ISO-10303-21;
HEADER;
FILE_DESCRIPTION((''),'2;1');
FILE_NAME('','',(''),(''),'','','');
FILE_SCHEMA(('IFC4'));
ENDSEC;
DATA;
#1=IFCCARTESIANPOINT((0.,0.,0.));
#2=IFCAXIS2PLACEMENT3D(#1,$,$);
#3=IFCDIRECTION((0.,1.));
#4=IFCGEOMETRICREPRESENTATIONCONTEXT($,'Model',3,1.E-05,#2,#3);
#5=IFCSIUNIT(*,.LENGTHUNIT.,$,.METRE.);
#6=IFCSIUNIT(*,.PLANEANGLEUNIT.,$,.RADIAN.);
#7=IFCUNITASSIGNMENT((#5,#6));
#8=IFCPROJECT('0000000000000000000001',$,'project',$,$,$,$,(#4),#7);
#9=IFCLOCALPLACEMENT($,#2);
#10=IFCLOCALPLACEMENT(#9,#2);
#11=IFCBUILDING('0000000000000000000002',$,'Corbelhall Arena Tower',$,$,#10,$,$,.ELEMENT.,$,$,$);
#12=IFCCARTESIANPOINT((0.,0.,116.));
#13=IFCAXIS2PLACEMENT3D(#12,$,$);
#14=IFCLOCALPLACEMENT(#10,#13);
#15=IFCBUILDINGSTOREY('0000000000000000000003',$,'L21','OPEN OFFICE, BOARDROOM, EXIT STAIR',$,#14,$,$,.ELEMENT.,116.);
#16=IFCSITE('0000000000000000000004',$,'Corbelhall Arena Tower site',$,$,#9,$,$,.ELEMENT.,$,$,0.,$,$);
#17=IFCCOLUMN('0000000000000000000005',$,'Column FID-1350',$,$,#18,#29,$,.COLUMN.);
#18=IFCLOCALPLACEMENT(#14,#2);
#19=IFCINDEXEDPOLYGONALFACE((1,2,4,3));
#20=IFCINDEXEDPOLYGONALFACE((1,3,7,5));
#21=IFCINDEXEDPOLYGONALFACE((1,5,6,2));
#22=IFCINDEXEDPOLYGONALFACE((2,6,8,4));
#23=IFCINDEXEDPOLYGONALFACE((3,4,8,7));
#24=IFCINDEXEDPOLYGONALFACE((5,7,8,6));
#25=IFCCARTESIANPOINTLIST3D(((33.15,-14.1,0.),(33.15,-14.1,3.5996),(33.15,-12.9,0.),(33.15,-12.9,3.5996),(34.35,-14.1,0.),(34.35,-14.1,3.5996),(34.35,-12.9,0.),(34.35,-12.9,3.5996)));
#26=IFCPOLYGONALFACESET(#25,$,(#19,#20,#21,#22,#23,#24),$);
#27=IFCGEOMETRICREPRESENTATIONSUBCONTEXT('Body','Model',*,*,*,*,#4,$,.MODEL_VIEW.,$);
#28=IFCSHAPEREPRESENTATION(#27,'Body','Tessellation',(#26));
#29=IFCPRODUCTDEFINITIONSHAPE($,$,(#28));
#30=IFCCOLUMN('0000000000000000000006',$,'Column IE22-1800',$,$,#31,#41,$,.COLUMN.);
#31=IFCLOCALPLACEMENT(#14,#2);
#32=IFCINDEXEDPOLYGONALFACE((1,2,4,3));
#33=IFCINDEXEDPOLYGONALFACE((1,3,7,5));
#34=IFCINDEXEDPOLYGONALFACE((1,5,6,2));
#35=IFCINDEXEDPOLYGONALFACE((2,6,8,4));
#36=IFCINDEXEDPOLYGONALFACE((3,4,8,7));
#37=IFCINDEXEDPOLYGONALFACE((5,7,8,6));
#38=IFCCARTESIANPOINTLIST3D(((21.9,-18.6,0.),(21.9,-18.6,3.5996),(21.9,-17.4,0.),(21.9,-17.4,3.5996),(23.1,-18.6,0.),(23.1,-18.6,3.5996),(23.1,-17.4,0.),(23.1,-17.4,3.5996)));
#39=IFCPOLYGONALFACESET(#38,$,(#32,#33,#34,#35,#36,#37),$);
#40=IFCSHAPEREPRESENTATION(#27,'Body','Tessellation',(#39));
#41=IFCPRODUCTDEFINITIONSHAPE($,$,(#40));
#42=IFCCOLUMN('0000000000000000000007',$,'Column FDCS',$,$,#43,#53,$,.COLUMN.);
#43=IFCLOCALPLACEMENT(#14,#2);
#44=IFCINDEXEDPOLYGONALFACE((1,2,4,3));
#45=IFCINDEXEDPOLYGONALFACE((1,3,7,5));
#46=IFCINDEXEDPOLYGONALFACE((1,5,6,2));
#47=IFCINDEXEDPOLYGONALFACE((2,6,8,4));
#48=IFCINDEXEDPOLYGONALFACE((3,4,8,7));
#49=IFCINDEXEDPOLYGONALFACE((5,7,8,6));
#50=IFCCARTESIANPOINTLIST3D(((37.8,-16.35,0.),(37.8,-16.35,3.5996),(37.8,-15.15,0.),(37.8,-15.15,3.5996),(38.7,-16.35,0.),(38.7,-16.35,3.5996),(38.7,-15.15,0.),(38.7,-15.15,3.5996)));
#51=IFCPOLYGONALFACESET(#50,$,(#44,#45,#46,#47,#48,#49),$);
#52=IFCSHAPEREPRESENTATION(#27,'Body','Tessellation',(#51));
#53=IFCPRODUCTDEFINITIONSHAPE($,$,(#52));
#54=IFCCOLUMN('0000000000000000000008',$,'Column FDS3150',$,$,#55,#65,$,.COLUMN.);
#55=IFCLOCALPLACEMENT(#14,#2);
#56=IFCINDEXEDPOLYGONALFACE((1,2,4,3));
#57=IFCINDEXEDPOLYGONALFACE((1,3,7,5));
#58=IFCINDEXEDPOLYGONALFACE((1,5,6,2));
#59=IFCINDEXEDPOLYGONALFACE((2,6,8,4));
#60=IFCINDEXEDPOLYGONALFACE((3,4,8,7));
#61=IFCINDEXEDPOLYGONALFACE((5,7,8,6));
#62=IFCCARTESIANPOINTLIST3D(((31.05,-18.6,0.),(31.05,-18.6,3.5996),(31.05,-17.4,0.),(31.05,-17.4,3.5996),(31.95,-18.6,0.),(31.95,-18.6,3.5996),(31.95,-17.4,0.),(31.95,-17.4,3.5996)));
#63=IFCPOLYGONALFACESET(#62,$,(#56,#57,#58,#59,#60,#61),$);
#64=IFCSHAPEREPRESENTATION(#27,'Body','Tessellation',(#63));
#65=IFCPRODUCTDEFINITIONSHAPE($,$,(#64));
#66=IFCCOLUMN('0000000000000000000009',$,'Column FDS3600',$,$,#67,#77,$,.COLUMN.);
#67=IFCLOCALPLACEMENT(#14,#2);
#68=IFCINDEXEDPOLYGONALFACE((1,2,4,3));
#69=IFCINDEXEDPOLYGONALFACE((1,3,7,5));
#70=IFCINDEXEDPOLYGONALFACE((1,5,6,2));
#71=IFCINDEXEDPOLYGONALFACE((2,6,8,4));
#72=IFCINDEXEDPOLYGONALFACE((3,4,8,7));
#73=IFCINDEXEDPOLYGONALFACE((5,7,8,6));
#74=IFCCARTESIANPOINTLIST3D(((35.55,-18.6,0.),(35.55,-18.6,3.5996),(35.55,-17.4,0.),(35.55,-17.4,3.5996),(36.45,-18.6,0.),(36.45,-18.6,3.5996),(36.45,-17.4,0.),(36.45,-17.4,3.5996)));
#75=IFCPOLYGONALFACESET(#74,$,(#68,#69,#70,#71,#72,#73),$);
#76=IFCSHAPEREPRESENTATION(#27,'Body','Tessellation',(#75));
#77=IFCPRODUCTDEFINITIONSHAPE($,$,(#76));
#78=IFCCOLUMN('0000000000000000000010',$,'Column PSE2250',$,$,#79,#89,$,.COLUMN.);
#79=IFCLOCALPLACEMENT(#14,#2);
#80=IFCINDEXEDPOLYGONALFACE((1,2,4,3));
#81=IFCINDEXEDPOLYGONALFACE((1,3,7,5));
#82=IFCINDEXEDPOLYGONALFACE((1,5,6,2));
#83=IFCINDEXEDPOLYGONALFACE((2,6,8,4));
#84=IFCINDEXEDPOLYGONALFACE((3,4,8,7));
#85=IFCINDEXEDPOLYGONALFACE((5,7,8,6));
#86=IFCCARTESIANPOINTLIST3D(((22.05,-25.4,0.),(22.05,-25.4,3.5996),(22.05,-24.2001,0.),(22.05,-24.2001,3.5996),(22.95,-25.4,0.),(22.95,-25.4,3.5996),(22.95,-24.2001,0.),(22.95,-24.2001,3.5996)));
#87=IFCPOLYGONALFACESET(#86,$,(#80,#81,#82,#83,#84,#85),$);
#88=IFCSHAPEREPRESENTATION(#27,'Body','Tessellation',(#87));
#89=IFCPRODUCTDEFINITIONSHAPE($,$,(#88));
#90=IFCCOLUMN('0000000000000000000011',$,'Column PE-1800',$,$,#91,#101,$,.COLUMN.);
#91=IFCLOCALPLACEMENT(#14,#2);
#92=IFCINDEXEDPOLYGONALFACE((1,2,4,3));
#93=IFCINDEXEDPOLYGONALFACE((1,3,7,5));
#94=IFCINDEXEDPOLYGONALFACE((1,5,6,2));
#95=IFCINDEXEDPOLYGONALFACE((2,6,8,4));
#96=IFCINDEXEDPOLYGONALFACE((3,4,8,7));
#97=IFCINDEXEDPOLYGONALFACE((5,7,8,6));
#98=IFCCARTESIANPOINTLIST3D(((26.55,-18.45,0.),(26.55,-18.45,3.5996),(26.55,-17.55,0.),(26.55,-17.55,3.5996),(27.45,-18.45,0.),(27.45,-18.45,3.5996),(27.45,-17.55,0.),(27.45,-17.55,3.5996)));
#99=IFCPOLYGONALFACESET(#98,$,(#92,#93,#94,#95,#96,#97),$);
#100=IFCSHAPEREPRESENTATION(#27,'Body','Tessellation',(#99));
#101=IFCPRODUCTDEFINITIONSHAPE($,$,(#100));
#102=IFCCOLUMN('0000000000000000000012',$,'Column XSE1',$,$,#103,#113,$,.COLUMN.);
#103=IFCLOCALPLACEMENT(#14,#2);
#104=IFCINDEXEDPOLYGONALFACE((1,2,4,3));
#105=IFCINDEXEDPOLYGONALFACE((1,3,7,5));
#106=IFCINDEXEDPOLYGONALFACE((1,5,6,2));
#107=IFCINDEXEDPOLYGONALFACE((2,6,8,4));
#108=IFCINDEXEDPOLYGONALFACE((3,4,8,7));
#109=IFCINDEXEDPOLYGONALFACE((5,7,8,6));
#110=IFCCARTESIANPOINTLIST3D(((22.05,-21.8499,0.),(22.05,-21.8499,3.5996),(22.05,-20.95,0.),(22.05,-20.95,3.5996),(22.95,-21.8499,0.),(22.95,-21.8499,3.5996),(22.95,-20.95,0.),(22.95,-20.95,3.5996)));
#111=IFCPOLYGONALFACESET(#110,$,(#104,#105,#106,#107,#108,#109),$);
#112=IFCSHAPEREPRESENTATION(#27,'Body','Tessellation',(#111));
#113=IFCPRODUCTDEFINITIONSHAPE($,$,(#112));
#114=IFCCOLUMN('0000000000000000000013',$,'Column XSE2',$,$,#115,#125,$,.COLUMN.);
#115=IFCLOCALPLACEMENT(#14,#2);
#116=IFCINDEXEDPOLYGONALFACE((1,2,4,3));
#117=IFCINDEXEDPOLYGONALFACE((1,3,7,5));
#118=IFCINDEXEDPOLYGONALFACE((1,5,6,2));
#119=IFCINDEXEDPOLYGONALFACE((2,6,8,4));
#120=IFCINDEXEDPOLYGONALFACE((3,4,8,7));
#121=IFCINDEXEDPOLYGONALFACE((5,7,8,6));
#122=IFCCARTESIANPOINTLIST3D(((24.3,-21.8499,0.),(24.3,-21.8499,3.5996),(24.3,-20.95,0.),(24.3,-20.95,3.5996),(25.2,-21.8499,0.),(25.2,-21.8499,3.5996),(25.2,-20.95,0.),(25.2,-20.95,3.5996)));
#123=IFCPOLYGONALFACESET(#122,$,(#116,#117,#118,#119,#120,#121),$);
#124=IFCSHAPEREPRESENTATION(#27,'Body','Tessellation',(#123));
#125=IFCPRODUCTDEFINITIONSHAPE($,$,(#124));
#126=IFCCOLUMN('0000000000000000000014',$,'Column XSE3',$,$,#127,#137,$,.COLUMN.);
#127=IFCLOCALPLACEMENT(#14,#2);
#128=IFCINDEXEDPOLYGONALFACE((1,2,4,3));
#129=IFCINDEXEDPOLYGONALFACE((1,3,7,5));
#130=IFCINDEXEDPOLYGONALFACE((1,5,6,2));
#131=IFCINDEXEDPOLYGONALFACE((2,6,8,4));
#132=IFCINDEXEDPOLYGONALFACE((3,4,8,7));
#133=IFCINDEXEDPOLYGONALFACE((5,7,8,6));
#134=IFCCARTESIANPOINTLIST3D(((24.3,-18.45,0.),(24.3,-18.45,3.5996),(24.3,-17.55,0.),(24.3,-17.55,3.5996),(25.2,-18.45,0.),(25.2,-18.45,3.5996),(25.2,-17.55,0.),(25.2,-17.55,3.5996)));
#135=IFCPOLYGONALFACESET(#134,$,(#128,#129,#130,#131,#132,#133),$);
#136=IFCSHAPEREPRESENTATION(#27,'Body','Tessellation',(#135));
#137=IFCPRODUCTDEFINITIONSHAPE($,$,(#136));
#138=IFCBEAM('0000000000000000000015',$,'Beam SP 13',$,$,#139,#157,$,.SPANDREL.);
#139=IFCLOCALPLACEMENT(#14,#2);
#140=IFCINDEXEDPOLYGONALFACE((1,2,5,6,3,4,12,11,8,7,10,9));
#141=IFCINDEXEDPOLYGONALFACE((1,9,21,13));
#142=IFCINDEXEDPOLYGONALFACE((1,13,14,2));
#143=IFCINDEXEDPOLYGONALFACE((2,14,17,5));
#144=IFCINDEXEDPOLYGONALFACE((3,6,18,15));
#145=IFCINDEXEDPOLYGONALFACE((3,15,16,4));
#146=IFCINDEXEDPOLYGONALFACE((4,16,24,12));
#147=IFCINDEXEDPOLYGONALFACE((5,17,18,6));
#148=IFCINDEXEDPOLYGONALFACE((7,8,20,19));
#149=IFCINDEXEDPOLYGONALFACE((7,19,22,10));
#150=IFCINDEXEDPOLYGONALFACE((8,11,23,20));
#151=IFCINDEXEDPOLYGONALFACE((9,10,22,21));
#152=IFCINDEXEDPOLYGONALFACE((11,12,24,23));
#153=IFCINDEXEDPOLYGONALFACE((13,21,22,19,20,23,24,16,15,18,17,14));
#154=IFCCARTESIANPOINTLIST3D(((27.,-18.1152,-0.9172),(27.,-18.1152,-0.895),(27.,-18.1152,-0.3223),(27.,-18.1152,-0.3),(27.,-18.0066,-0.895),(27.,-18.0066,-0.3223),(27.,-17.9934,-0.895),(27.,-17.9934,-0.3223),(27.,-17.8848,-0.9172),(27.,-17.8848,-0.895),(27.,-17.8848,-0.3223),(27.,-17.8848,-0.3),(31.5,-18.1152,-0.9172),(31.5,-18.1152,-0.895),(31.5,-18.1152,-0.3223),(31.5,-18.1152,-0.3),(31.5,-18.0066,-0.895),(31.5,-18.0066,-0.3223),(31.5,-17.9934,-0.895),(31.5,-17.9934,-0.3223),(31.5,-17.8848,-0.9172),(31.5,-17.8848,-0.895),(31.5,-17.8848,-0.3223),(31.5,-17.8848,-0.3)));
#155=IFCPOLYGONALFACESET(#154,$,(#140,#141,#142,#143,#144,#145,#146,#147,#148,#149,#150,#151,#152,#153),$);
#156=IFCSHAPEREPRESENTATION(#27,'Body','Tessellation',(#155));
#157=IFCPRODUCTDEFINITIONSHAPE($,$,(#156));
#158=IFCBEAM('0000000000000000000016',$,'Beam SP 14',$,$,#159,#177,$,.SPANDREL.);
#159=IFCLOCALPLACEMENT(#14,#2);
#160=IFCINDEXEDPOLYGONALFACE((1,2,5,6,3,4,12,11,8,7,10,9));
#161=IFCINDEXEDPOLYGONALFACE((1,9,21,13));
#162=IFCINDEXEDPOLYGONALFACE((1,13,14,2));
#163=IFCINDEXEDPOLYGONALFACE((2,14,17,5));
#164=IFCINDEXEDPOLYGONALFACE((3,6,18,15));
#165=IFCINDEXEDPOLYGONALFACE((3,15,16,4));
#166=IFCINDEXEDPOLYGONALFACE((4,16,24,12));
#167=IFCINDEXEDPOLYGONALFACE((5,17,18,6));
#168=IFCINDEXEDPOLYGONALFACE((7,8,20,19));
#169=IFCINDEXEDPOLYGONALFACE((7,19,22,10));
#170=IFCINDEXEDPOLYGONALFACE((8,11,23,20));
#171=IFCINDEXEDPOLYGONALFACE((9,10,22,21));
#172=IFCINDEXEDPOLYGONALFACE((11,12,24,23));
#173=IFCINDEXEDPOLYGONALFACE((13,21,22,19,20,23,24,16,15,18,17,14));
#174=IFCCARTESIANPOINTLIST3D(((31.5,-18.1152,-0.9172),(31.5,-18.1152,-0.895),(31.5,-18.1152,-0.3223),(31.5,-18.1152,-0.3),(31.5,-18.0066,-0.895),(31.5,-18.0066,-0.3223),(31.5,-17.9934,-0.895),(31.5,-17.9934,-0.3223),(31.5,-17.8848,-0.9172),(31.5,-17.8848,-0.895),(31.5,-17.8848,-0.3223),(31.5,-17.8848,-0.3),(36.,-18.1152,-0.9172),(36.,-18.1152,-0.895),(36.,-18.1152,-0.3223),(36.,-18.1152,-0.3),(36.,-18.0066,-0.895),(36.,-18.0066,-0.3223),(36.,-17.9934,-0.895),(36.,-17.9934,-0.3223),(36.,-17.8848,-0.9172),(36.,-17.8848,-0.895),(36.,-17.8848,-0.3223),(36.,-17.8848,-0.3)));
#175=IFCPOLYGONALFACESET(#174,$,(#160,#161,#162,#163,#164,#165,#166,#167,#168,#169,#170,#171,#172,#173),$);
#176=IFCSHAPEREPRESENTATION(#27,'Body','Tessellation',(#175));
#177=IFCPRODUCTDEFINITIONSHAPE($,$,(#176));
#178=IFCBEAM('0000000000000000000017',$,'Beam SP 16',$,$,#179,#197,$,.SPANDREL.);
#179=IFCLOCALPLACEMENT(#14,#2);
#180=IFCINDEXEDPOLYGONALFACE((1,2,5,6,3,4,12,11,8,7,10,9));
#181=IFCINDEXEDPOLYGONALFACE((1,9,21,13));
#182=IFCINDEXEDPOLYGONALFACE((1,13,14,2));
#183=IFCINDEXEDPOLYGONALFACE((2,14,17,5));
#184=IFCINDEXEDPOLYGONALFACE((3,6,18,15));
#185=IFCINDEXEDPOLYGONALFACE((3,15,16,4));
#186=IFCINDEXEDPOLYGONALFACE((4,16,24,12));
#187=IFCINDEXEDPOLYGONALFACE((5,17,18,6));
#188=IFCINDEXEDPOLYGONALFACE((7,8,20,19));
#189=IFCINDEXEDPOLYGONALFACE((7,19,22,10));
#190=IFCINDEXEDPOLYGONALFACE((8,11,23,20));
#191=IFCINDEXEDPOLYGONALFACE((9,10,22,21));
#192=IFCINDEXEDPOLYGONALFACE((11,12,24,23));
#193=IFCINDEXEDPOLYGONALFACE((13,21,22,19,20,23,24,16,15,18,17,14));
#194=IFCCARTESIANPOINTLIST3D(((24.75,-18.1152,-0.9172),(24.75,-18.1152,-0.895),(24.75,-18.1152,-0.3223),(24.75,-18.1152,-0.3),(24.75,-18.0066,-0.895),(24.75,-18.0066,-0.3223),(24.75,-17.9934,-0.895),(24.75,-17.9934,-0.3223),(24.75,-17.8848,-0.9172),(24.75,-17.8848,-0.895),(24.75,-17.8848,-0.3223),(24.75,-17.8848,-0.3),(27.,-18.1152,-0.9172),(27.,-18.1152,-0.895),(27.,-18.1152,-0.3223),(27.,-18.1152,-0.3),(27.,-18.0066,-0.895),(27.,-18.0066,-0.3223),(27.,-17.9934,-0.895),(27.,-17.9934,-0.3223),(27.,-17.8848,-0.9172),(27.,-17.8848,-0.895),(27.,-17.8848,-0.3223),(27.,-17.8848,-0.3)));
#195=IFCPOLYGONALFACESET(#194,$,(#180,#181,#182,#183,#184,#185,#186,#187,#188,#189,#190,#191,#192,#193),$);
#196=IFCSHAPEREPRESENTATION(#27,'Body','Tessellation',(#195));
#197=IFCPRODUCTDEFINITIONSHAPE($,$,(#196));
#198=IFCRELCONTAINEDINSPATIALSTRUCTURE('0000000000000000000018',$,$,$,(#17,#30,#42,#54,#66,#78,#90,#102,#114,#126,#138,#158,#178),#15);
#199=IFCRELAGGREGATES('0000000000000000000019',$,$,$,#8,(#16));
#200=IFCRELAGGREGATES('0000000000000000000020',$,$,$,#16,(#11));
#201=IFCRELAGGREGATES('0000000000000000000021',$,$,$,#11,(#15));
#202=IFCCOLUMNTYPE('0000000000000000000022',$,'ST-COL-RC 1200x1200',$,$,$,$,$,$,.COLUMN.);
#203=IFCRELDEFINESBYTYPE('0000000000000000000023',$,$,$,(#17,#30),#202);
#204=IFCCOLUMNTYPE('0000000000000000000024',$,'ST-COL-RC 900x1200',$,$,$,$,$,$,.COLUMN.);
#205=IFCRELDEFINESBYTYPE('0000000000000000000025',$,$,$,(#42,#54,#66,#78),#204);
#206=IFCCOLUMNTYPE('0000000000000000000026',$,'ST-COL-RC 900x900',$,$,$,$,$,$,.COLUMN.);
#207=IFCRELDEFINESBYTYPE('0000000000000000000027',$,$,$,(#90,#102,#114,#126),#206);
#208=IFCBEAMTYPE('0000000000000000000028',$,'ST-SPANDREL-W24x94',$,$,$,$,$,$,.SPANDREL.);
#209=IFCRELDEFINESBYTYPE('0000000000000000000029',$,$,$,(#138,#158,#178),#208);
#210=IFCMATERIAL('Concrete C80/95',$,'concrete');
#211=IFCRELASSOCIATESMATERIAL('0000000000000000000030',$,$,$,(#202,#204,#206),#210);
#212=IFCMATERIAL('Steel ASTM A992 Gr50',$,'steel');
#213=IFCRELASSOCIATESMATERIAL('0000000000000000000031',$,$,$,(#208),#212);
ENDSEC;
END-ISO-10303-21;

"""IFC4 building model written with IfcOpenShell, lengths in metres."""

from ifc_helpers import new_model, si_unit, direction, frame, origin, origin_2d, place, context, subcontext, project, spatial, rectangle, i_section, extrude, material, material_profile, profile_set, type_object, element, save


model = new_model("IFC4")

# Units and contexts
model_context = context("Model", 3, precision=1e-05, world=origin(), true_north=direction((0.0, 1.0)))
body_context = subcontext(model_context, "Body", "Model", "MODEL_VIEW")
ifc_project = project(units=[si_unit("LENGTHUNIT", "METRE"), si_unit("PLANEANGLEUNIT", "RADIAN")], contexts=[model_context])

# Site, building, storey
site_placement = place(None, origin())
site = spatial("IfcSite", under=ifc_project, at=site_placement, Name="Corbelhall Arena Tower site", CompositionType="ELEMENT", RefElevation=0.0)
building_placement = place(site_placement, origin())
building = spatial("IfcBuilding", under=site, at=building_placement, Name="Corbelhall Arena Tower", CompositionType="ELEMENT")
storey_placement = place(building_placement, frame((0.0, 0.0, 116.0)))
storey = spatial("IfcBuildingStorey", under=building, at=storey_placement, Name="L21", Description="OPEN OFFICE, BOARDROOM, EXIT STAIR", CompositionType="ELEMENT", Elevation=116.0)

# Columns
ifc_material_1 = material(Name="Concrete C80/95", Category="concrete")
ifc_material_profile_1 = material_profile(ifc_material_1, rectangle(XDim=1.2, YDim=1.2, at=origin_2d()))
ifc_profile_set_1 = profile_set([ifc_material_profile_1], Name="Concrete C80/95")
column_type_1 = type_object("IfcColumnType", Name="ST-COL-RC 1200x1200", PredefinedType="COLUMN", material=ifc_profile_set_1)
for number, where, z_axis, x_axis, name in (
    (1, (33.75, -13.5, 0.0), (0.0, 0.0, 1.0), (1.0, 0.0, 0.0), "Column FID-1350"),
    (2, (22.5, -18.0, 0.0), (0.0, 0.0, 1.0), (1.0, 0.0, 0.0), "Column IE22-1800"),
):
    element("IfcColumn", number, at=place(storey_placement, frame(where, z_axis=z_axis, x_axis=x_axis)), inside=storey, type_object=column_type_1, Name=name, PredefinedType="COLUMN", context=body_context, shape_type="SweptSolid", body=[
        extrude(rectangle(XDim=1.2, YDim=1.2, at=origin_2d()), origin(), (0.0, 0.0, 1.0), 3.5996),
    ])
ifc_material_profile_2 = material_profile(ifc_material_1, rectangle(XDim=0.8999, YDim=1.2, at=origin_2d()))
ifc_profile_set_2 = profile_set([ifc_material_profile_2], Name="Concrete C80/95")
column_type_2 = type_object("IfcColumnType", Name="ST-COL-RC 900x1200", PredefinedType="COLUMN", material=ifc_profile_set_2)
for number, where, z_axis, x_axis, name in (
    (3, (38.25, -15.75, 0.0), (0.0, 0.0, 1.0), (1.0, 0.0, 0.0), "Column FDCS"),
    (4, (31.5, -18.0, 0.0), (0.0, 0.0, 1.0), (1.0, 0.0, 0.0), "Column FDS3150"),
    (5, (36.0, -18.0, 0.0), (0.0, 0.0, 1.0), (1.0, 0.0, 0.0), "Column FDS3600"),
    (6, (22.5, -24.8, 0.0), (0.0, 0.0, 1.0), (1.0, 0.0, 0.0), "Column PSE2250"),
):
    element("IfcColumn", number, at=place(storey_placement, frame(where, z_axis=z_axis, x_axis=x_axis)), inside=storey, type_object=column_type_2, Name=name, PredefinedType="COLUMN", context=body_context, shape_type="SweptSolid", body=[
        extrude(rectangle(XDim=0.8999, YDim=1.2, at=origin_2d()), origin(), (0.0, 0.0, 1.0), 3.5996),
    ])
ifc_material_profile_3 = material_profile(ifc_material_1, rectangle(XDim=0.8999, YDim=0.8999, at=origin_2d()))
ifc_profile_set_3 = profile_set([ifc_material_profile_3], Name="Concrete C80/95")
column_type_3 = type_object("IfcColumnType", Name="ST-COL-RC 900x900", PredefinedType="COLUMN", material=ifc_profile_set_3)
for number, where, z_axis, x_axis, name in (
    (7, (27.0, -18.0, 0.0), (0.0, 0.0, 1.0), (1.0, 0.0, 0.0), "Column PE-1800"),
    (8, (22.5, -21.3999, 0.0), (0.0, 0.0, 1.0), (1.0, 0.0, 0.0), "Column XSE1"),
    (9, (24.75, -21.3999, 0.0), (0.0, 0.0, 1.0), (1.0, 0.0, 0.0), "Column XSE2"),
    (10, (24.75, -18.0, 0.0), (0.0, 0.0, 1.0), (1.0, 0.0, 0.0), "Column XSE3"),
):
    element("IfcColumn", number, at=place(storey_placement, frame(where, z_axis=z_axis, x_axis=x_axis)), inside=storey, type_object=column_type_3, Name=name, PredefinedType="COLUMN", context=body_context, shape_type="SweptSolid", body=[
        extrude(rectangle(XDim=0.8999, YDim=0.8999, at=origin_2d()), origin(), (0.0, 0.0, 1.0), 3.5996),
    ])

# Beams
ifc_material_2 = material(Name="Steel ASTM A992 Gr50", Category="steel")
ifc_material_profile_4 = material_profile(ifc_material_2, i_section(OverallWidth=0.2305, OverallDepth=0.6172, WebThickness=0.0132, FlangeThickness=0.0222, at=origin_2d()))
ifc_profile_set_4 = profile_set([ifc_material_profile_4], Name="Steel ASTM A992 Gr50")
beam_type = type_object("IfcBeamType", Name="ST-SPANDREL-W24x94", PredefinedType="SPANDREL", material=ifc_profile_set_4)
for number, where, z_axis, x_axis, name in (
    (11, (31.5, -18.0, -0.6086), (-1.0, 0.0, 0.0), (0.0, -1.0, 0.0), "Beam SP 13"),
    (12, (36.0, -18.0, -0.6086), (-1.0, 0.0, 0.0), (0.0, -1.0, 0.0), "Beam SP 14"),
):
    element("IfcBeam", number, at=place(storey_placement, frame(where, z_axis=z_axis, x_axis=x_axis)), inside=storey, type_object=beam_type, Name=name, PredefinedType="SPANDREL", context=body_context, shape_type="SweptSolid", body=[
        extrude(i_section(OverallWidth=0.2305, OverallDepth=0.6172, WebThickness=0.0132, FlangeThickness=0.0222, at=origin_2d()), origin(), (0.0, 0.0, 1.0), 4.5),
    ])
beam_1_placement = place(storey_placement, frame((27.0, -18.0, -0.6086), z_axis=(-1.0, 0.0, 0.0), x_axis=(0.0, -1.0, 0.0)))
element("IfcBeam", 13, at=beam_1_placement, inside=storey, type_object=beam_type, Name="Beam SP 16", PredefinedType="SPANDREL", context=body_context, shape_type="SweptSolid", body=[
    extrude(i_section(OverallWidth=0.2305, OverallDepth=0.6172, WebThickness=0.0132, FlangeThickness=0.0222, at=origin_2d()), origin(), (0.0, 0.0, 1.0), 2.25),
])

save(model, "model.ifc")
